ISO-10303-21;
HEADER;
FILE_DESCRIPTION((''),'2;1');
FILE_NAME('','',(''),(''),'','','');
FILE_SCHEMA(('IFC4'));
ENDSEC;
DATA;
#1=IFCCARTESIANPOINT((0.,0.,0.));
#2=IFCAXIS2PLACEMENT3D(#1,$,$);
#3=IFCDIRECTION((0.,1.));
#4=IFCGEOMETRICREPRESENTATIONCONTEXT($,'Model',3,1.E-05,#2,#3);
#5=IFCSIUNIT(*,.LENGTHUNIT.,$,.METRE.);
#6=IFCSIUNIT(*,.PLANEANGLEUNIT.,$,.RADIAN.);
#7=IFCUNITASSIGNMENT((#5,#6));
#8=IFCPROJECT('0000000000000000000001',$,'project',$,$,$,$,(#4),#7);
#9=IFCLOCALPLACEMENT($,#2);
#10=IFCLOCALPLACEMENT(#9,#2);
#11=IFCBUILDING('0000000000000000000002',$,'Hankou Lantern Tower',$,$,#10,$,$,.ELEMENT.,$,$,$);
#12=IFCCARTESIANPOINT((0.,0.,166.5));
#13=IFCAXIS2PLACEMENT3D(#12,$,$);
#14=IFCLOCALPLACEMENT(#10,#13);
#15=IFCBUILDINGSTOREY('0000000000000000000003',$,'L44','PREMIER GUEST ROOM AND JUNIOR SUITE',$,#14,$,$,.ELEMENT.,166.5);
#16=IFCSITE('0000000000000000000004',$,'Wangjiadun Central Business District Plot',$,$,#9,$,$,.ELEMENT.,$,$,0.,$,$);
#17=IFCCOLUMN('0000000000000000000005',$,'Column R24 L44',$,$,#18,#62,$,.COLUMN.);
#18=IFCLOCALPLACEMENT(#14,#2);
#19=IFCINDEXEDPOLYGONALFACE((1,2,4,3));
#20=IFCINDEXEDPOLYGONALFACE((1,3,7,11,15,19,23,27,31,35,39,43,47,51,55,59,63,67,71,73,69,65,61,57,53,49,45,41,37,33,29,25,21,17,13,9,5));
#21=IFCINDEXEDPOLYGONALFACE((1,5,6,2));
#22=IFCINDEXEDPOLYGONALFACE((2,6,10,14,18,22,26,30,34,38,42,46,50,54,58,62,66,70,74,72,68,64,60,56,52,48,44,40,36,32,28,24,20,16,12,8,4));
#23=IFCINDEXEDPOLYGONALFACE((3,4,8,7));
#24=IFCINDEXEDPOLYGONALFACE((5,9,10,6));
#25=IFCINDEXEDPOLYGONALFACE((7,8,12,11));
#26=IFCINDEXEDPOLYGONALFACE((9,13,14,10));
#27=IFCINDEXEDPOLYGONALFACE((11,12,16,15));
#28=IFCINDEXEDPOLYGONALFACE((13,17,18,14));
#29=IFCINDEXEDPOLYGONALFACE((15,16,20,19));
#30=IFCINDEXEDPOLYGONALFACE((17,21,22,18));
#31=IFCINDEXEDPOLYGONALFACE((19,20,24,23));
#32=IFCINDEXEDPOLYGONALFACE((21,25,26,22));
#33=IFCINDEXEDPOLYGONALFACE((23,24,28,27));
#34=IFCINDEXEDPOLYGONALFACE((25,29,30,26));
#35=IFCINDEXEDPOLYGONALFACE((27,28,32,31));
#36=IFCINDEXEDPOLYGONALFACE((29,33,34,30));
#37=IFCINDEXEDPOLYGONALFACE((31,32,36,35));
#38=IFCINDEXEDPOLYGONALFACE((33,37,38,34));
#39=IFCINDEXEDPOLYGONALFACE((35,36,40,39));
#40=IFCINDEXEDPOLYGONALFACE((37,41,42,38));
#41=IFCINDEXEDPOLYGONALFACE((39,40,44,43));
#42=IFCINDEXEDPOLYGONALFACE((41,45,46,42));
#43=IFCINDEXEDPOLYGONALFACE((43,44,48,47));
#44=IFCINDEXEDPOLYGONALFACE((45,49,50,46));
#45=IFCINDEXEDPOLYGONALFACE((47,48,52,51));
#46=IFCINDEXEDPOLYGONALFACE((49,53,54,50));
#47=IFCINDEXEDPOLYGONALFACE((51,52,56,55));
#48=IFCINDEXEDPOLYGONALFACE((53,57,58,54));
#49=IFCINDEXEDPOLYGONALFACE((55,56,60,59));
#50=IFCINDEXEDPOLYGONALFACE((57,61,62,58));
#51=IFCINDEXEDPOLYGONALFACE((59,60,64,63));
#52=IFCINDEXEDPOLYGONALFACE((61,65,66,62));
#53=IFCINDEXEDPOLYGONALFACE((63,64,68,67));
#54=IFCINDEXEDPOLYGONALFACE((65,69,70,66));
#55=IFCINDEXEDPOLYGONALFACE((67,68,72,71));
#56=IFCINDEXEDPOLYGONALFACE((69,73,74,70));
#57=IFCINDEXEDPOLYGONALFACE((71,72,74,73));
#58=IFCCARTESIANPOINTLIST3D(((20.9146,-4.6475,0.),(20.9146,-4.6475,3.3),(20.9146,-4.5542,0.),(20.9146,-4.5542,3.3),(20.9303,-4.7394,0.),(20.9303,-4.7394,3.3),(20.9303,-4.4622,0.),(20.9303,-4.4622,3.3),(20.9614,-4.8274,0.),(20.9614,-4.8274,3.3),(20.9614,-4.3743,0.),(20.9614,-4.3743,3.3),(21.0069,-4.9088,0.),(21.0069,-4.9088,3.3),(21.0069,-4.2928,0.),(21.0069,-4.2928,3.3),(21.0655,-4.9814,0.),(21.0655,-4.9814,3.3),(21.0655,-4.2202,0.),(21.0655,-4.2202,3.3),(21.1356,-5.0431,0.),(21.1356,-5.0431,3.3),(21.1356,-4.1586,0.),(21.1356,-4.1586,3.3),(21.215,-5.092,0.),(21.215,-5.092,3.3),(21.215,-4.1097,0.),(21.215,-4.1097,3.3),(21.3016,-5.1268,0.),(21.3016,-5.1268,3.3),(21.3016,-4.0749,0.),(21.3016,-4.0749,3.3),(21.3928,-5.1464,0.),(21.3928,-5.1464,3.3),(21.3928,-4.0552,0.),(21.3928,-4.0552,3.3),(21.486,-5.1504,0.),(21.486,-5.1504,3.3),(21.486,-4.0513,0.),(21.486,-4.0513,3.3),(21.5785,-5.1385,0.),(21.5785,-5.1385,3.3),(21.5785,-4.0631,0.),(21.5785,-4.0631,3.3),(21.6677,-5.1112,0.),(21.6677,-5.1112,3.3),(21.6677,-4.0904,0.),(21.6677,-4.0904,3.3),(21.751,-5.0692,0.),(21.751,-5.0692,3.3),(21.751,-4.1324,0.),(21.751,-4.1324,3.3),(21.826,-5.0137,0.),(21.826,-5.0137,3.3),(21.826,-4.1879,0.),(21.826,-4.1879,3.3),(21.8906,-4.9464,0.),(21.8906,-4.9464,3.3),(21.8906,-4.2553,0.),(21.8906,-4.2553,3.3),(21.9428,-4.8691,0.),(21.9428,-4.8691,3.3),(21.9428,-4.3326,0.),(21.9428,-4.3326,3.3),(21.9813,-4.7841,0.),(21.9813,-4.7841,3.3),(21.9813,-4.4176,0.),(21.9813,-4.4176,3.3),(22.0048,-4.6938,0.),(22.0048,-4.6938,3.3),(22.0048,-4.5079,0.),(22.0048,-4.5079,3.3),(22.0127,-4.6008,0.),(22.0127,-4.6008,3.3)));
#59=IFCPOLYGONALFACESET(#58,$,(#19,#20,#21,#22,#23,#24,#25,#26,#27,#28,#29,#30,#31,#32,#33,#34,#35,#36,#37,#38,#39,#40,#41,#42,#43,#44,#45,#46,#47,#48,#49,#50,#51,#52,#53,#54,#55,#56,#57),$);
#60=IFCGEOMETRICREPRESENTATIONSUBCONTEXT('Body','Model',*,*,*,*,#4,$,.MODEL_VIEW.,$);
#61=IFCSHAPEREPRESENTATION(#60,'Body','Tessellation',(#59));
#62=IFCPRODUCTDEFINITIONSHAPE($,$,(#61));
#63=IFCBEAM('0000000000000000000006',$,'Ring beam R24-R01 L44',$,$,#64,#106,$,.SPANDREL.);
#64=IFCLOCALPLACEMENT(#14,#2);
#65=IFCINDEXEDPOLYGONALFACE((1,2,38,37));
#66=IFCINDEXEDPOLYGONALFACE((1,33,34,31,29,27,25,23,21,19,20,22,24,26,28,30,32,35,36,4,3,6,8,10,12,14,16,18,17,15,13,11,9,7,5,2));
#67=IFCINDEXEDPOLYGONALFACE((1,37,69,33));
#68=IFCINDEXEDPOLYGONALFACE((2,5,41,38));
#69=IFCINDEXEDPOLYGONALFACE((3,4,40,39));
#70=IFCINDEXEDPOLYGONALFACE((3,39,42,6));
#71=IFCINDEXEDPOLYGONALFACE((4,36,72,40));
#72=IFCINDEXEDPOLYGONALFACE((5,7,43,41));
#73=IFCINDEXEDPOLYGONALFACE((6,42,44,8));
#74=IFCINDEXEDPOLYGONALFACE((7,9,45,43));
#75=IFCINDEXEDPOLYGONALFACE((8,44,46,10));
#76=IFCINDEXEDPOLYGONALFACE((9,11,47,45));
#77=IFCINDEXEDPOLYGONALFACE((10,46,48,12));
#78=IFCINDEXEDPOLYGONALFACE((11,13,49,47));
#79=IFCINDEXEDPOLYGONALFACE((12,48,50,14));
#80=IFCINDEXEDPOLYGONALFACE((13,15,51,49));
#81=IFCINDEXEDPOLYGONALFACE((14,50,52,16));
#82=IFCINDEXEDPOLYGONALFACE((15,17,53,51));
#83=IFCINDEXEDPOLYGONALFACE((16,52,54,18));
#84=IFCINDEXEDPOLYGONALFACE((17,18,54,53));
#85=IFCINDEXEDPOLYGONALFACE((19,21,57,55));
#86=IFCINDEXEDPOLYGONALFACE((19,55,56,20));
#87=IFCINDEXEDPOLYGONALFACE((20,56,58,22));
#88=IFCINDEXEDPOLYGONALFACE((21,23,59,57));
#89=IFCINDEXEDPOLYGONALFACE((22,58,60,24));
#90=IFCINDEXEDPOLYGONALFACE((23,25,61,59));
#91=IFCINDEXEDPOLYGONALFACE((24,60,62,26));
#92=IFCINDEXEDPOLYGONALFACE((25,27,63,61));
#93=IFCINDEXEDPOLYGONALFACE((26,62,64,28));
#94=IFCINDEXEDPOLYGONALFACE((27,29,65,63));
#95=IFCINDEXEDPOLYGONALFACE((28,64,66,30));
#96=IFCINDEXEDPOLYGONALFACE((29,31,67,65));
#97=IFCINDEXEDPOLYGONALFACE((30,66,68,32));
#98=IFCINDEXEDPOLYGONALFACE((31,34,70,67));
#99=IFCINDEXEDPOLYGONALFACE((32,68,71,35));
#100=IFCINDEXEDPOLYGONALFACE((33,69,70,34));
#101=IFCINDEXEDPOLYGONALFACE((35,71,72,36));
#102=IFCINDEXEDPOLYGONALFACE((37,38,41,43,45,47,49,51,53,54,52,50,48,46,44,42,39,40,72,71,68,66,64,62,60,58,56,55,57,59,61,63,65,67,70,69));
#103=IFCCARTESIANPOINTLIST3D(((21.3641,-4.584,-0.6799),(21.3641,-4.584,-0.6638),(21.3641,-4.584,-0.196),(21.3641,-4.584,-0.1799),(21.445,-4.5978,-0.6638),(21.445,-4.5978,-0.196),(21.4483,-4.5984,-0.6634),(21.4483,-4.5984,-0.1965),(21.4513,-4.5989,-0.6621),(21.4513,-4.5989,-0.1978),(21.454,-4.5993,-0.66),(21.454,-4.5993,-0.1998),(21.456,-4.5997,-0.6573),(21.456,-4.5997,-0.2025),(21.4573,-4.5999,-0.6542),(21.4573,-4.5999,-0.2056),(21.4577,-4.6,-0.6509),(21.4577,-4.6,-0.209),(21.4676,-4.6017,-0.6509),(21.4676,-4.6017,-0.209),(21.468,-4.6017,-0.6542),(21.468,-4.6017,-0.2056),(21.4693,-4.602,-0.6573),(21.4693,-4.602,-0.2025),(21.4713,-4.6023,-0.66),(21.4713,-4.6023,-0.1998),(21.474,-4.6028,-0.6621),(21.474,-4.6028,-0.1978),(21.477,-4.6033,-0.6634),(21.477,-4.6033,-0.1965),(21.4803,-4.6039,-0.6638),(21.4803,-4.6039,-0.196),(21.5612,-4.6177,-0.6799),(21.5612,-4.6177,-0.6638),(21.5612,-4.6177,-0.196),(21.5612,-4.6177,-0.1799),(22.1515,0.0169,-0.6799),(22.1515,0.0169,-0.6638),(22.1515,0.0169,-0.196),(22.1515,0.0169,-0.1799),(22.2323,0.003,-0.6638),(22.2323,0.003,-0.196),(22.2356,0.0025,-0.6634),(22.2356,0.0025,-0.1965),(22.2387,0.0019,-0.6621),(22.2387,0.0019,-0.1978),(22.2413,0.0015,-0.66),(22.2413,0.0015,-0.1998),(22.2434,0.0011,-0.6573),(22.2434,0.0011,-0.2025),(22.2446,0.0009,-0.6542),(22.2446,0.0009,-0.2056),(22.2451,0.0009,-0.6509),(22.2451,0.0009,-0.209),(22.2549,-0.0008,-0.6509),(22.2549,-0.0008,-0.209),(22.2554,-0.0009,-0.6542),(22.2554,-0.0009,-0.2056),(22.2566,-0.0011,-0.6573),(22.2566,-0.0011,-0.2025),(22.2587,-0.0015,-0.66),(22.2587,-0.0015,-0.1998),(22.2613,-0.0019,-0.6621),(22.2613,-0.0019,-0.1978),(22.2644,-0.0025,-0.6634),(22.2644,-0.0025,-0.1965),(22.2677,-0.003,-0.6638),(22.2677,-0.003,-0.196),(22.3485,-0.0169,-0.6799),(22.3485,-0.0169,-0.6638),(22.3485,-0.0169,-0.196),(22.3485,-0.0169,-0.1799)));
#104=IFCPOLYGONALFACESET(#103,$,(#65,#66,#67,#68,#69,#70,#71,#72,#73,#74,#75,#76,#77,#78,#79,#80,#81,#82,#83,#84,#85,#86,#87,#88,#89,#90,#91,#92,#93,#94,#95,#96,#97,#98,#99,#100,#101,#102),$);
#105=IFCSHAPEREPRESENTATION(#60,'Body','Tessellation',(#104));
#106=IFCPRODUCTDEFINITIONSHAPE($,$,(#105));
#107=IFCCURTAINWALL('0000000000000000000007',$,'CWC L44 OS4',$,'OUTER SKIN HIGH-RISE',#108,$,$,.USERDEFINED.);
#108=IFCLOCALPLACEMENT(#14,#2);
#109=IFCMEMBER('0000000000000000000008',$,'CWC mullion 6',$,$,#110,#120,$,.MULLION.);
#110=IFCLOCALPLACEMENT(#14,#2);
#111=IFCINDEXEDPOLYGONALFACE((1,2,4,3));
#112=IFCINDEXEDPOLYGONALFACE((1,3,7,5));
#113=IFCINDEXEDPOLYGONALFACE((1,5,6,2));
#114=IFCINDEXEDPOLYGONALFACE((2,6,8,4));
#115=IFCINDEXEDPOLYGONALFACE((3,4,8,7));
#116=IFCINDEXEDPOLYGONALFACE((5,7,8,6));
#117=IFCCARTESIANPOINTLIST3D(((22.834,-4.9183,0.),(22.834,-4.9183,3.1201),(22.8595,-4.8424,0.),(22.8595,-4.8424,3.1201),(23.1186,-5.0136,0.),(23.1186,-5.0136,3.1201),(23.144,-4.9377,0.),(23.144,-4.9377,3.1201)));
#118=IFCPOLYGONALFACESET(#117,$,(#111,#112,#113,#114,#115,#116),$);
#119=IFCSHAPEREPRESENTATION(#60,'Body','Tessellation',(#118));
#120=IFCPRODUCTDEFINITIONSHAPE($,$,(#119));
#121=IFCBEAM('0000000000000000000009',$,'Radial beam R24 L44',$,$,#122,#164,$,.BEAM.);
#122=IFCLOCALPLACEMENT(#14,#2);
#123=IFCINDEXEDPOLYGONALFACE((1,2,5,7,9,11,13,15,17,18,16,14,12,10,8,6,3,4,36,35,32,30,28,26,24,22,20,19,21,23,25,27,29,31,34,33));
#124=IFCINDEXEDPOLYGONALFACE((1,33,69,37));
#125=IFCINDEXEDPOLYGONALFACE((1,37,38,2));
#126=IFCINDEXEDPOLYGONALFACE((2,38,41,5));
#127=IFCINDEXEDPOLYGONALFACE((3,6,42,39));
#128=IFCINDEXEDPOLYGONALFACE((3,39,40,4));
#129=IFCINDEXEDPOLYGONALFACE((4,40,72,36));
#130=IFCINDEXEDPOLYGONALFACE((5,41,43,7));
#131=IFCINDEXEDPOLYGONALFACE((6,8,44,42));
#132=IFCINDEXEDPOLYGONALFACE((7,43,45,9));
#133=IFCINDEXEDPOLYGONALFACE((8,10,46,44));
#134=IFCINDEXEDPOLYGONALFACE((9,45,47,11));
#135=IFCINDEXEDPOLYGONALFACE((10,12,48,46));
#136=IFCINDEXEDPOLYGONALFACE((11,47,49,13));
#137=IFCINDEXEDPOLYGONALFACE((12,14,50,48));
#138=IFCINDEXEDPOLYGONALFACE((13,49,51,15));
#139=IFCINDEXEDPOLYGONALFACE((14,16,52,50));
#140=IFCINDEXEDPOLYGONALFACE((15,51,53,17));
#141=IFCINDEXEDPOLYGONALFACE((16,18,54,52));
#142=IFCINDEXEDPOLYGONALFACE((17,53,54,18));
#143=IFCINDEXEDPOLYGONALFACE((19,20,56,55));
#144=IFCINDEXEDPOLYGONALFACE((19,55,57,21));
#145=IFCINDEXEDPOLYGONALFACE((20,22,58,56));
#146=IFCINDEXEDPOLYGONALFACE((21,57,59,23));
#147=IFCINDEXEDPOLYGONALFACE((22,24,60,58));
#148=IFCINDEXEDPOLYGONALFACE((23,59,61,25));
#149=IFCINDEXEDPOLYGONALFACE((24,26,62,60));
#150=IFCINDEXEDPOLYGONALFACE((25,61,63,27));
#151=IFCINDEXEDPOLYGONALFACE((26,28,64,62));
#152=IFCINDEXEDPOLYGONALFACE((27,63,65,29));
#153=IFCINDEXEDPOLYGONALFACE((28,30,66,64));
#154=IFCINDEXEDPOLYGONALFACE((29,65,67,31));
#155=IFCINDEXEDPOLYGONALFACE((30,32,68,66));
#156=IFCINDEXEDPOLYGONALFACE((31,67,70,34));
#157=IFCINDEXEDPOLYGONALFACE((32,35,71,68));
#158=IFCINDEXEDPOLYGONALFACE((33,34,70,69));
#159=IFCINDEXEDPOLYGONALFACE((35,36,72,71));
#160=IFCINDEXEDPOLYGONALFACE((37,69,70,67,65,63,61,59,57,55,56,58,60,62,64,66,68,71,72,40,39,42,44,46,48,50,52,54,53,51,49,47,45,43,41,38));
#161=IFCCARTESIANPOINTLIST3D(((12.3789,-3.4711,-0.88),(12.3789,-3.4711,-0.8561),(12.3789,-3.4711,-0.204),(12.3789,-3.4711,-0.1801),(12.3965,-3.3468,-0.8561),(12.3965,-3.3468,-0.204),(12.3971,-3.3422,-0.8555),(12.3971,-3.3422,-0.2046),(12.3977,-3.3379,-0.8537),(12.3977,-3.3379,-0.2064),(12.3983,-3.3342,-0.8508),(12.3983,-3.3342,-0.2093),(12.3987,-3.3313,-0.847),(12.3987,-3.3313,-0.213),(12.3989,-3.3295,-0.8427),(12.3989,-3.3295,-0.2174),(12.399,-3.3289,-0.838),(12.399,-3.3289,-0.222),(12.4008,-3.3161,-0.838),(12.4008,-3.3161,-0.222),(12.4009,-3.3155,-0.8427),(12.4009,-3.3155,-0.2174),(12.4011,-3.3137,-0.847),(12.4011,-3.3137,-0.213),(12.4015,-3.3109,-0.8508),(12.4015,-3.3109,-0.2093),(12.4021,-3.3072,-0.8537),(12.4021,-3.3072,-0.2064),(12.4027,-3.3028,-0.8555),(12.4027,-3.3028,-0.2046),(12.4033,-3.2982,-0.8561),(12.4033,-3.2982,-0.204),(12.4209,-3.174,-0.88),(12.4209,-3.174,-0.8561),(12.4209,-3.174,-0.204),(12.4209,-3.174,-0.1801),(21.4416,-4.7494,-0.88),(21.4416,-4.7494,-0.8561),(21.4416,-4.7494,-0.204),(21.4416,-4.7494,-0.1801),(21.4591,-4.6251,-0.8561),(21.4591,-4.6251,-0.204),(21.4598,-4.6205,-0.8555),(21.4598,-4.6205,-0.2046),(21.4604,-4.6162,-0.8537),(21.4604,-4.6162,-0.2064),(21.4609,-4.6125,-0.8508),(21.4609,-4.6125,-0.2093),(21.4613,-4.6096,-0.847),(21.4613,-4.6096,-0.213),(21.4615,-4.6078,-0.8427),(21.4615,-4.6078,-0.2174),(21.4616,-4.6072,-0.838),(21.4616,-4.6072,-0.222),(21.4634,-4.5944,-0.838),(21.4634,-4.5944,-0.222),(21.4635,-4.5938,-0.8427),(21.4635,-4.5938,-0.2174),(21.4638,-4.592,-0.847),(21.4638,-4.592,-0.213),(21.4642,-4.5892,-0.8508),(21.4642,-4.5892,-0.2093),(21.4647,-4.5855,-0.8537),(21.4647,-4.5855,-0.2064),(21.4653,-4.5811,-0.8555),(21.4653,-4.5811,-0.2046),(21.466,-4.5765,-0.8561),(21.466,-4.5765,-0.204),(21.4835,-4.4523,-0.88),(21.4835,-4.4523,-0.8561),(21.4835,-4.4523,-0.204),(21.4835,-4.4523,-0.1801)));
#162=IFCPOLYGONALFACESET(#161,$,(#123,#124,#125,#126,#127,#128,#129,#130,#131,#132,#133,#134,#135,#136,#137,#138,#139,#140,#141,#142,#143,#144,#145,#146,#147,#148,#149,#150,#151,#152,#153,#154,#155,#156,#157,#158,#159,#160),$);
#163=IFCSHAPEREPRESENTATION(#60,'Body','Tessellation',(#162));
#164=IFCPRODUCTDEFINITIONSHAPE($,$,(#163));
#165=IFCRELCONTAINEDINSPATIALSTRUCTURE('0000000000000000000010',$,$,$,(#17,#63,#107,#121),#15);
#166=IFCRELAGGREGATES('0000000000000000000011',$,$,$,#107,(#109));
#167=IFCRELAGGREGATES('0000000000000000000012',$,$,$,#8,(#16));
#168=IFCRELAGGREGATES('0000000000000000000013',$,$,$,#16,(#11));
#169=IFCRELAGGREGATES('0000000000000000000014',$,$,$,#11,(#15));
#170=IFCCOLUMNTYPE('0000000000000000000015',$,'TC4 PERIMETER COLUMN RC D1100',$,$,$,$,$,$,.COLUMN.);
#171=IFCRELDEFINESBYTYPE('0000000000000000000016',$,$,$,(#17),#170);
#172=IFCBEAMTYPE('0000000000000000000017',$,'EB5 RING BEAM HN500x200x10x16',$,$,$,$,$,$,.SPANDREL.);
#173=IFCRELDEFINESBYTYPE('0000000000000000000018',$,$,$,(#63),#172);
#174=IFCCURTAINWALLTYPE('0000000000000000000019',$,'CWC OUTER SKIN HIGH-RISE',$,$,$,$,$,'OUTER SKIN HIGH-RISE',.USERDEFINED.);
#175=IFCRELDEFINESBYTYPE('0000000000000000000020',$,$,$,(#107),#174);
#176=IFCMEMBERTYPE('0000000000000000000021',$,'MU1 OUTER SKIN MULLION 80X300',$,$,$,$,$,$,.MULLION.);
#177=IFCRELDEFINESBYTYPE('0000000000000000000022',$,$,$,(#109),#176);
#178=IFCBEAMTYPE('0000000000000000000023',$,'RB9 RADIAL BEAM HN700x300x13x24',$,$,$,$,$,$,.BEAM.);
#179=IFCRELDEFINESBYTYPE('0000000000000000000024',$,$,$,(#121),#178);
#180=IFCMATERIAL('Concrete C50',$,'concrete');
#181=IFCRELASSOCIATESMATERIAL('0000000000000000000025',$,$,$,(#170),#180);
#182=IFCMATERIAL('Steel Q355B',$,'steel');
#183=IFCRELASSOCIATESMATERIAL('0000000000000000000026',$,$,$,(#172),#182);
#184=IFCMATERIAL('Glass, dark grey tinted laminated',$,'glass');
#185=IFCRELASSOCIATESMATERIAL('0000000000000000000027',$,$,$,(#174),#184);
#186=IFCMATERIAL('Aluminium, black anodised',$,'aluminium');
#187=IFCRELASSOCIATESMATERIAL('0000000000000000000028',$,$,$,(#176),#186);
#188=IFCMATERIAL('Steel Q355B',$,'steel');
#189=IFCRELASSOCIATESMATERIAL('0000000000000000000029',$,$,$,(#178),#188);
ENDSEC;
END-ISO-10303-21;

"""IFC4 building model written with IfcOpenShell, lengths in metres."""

from ifc_helpers import new_model, si_unit, direction, frame, origin, origin_2d, place, context, subcontext, project, spatial, rectangle, circle, i_section, extrude, material, material_profile, profile_set, type_object, element, aggregate, save


model = new_model("IFC4")

# Units and contexts
model_context = context("Model", 3, precision=1e-05, world=origin(), true_north=direction((0.0, 1.0)))
body_context = subcontext(model_context, "Body", "Model", "MODEL_VIEW")
ifc_project = project(units=[si_unit("LENGTHUNIT", "METRE"), si_unit("PLANEANGLEUNIT", "RADIAN")], contexts=[model_context])

# Site, building, storey
site_placement = place(None, origin())
site = spatial("IfcSite", under=ifc_project, at=site_placement, Name="Wangjiadun Central Business District Plot", CompositionType="ELEMENT", RefElevation=0.0)
building_placement = place(site_placement, origin())
building = spatial("IfcBuilding", under=site, at=building_placement, Name="Hankou Lantern Tower", CompositionType="ELEMENT")
storey_placement = place(building_placement, frame((0.0, 0.0, 166.5)))
storey = spatial("IfcBuildingStorey", under=building, at=storey_placement, Name="L44", Description="PREMIER GUEST ROOM AND JUNIOR SUITE", CompositionType="ELEMENT", Elevation=166.5)

# Column
ifc_material_1 = material(Name="Concrete C50", Category="concrete")
ifc_material_profile_1 = material_profile(ifc_material_1, circle(Radius=0.55, at=origin_2d()), Name="RC D1100")
ifc_profile_set_1 = profile_set([ifc_material_profile_1], Name="Concrete C50")
column_type = type_object("IfcColumnType", Name="TC4 PERIMETER COLUMN RC D1100", PredefinedType="COLUMN", material=ifc_profile_set_1)
column_placement = place(storey_placement, frame((21.4626, -4.6008, 0.0), z_axis=(0.0, 0.0, 1.0), x_axis=(1.0, 0.0, 0.0)))
element("IfcColumn", 1, at=column_placement, inside=storey, type_object=column_type, Name="Column R24 L44", PredefinedType="COLUMN", context=body_context, shape_type="SweptSolid", body=[
    extrude(circle(Radius=0.55, at=origin_2d()), origin(), (0.0, 0.0, 1.0), 3.3),
])

# Beam
ifc_material_2 = material(Name="Steel Q355B", Category="steel")
ifc_material_profile_2 = material_profile(ifc_material_2, i_section(OverallWidth=0.2, OverallDepth=0.5, WebThickness=0.01, FlangeThickness=0.0161, FilletRadius=0.0129, at=origin_2d()), Name="HN500x200x10x16")
ifc_profile_set_2 = profile_set([ifc_material_profile_2], Name="Steel Q355B")
beam_type_1 = type_object("IfcBeamType", Name="EB5 RING BEAM HN500x200x10x16", PredefinedType="SPANDREL", material=ifc_profile_set_2)
beam_1_placement = place(storey_placement, frame((21.4626, -4.6008, -0.4299), z_axis=(0.168681, 0.985671, 0.0), x_axis=(-0.985671, 0.168681, 0.0)))
element("IfcBeam", 2, at=beam_1_placement, inside=storey, type_object=beam_type_1, Name="Ring beam R24-R01 L44", PredefinedType="SPANDREL", context=body_context, shape_type="SweptSolid", body=[
    extrude(i_section(OverallWidth=0.2, OverallDepth=0.5, WebThickness=0.01, FlangeThickness=0.0161, FilletRadius=0.0129, at=origin_2d()), origin(), (0.0, 0.0, 1.0), 4.6677),
])

# Curtain wall, member
ifc_material_3 = material(Name="Glass, dark grey tinted laminated", Category="glass")
curtain_wall_type = type_object("IfcCurtainWallType", Name="CWC OUTER SKIN HIGH-RISE", ElementType="OUTER SKIN HIGH-RISE", PredefinedType="USERDEFINED", material=ifc_material_3)
curtain_wall_placement = place(storey_placement, origin())
curtain_wall = element("IfcCurtainWall", 3, at=curtain_wall_placement, inside=storey, type_object=curtain_wall_type, Name="CWC L44 OS4", ObjectType="OUTER SKIN HIGH-RISE", PredefinedType="USERDEFINED")
ifc_material_4 = material(Name="Aluminium, black anodised", Category="aluminium")
ifc_material_profile_3 = material_profile(ifc_material_4, rectangle(XDim=0.0801, YDim=0.3, at=origin_2d()), Name="MU1 80X300")
ifc_profile_set_3 = profile_set([ifc_material_profile_3], Name="Aluminium, black anodised")
member_type_1 = type_object("IfcMemberType", Name="MU1 OUTER SKIN MULLION 80X300", PredefinedType="MULLION", material=ifc_profile_set_3)
member_1_placement = place(storey_placement, frame((22.989, -4.928, 0.0), z_axis=(0.0, 0.0, 1.0), x_axis=(0.317596, 0.948226, 0.0)))
member_1 = element("IfcMember", 4, at=member_1_placement, type_object=member_type_1, Name="CWC mullion 6", PredefinedType="MULLION", context=body_context, shape_type="SweptSolid", body=[
    extrude(rectangle(XDim=0.0801, YDim=0.3, at=origin_2d()), origin(), (0.0, 0.0, 1.0), 3.1201),
])

# Beam
ifc_material_5 = material(Name="Steel Q355B", Category="steel")
ifc_material_profile_4 = material_profile(ifc_material_5, i_section(OverallWidth=0.3, OverallDepth=0.7, WebThickness=0.0129, FlangeThickness=0.0239, FilletRadius=0.0181, at=origin_2d()), Name="HN700x300x13x24")
ifc_profile_set_4 = profile_set([ifc_material_profile_4], Name="Steel Q355B")
beam_type_2 = type_object("IfcBeamType", Name="RB9 RADIAL BEAM HN700x300x13x24", PredefinedType="BEAM", material=ifc_profile_set_4)
beam_2_placement = place(storey_placement, frame((12.3999, -3.3225, -0.53), z_axis=(0.990198, -0.13967, 0.0), x_axis=(0.13967, 0.990198, 0.0)))
element("IfcBeam", 5, at=beam_2_placement, inside=storey, type_object=beam_type_2, Name="Radial beam R24 L44", PredefinedType="BEAM", context=body_context, shape_type="SweptSolid", body=[
    extrude(i_section(OverallWidth=0.3, OverallDepth=0.7, WebThickness=0.0129, FlangeThickness=0.0239, FilletRadius=0.0181, at=origin_2d()), origin(), (0.0, 0.0, 1.0), 9.1523),
])

aggregate(curtain_wall, [member_1])

save(model, "model.ifc")
